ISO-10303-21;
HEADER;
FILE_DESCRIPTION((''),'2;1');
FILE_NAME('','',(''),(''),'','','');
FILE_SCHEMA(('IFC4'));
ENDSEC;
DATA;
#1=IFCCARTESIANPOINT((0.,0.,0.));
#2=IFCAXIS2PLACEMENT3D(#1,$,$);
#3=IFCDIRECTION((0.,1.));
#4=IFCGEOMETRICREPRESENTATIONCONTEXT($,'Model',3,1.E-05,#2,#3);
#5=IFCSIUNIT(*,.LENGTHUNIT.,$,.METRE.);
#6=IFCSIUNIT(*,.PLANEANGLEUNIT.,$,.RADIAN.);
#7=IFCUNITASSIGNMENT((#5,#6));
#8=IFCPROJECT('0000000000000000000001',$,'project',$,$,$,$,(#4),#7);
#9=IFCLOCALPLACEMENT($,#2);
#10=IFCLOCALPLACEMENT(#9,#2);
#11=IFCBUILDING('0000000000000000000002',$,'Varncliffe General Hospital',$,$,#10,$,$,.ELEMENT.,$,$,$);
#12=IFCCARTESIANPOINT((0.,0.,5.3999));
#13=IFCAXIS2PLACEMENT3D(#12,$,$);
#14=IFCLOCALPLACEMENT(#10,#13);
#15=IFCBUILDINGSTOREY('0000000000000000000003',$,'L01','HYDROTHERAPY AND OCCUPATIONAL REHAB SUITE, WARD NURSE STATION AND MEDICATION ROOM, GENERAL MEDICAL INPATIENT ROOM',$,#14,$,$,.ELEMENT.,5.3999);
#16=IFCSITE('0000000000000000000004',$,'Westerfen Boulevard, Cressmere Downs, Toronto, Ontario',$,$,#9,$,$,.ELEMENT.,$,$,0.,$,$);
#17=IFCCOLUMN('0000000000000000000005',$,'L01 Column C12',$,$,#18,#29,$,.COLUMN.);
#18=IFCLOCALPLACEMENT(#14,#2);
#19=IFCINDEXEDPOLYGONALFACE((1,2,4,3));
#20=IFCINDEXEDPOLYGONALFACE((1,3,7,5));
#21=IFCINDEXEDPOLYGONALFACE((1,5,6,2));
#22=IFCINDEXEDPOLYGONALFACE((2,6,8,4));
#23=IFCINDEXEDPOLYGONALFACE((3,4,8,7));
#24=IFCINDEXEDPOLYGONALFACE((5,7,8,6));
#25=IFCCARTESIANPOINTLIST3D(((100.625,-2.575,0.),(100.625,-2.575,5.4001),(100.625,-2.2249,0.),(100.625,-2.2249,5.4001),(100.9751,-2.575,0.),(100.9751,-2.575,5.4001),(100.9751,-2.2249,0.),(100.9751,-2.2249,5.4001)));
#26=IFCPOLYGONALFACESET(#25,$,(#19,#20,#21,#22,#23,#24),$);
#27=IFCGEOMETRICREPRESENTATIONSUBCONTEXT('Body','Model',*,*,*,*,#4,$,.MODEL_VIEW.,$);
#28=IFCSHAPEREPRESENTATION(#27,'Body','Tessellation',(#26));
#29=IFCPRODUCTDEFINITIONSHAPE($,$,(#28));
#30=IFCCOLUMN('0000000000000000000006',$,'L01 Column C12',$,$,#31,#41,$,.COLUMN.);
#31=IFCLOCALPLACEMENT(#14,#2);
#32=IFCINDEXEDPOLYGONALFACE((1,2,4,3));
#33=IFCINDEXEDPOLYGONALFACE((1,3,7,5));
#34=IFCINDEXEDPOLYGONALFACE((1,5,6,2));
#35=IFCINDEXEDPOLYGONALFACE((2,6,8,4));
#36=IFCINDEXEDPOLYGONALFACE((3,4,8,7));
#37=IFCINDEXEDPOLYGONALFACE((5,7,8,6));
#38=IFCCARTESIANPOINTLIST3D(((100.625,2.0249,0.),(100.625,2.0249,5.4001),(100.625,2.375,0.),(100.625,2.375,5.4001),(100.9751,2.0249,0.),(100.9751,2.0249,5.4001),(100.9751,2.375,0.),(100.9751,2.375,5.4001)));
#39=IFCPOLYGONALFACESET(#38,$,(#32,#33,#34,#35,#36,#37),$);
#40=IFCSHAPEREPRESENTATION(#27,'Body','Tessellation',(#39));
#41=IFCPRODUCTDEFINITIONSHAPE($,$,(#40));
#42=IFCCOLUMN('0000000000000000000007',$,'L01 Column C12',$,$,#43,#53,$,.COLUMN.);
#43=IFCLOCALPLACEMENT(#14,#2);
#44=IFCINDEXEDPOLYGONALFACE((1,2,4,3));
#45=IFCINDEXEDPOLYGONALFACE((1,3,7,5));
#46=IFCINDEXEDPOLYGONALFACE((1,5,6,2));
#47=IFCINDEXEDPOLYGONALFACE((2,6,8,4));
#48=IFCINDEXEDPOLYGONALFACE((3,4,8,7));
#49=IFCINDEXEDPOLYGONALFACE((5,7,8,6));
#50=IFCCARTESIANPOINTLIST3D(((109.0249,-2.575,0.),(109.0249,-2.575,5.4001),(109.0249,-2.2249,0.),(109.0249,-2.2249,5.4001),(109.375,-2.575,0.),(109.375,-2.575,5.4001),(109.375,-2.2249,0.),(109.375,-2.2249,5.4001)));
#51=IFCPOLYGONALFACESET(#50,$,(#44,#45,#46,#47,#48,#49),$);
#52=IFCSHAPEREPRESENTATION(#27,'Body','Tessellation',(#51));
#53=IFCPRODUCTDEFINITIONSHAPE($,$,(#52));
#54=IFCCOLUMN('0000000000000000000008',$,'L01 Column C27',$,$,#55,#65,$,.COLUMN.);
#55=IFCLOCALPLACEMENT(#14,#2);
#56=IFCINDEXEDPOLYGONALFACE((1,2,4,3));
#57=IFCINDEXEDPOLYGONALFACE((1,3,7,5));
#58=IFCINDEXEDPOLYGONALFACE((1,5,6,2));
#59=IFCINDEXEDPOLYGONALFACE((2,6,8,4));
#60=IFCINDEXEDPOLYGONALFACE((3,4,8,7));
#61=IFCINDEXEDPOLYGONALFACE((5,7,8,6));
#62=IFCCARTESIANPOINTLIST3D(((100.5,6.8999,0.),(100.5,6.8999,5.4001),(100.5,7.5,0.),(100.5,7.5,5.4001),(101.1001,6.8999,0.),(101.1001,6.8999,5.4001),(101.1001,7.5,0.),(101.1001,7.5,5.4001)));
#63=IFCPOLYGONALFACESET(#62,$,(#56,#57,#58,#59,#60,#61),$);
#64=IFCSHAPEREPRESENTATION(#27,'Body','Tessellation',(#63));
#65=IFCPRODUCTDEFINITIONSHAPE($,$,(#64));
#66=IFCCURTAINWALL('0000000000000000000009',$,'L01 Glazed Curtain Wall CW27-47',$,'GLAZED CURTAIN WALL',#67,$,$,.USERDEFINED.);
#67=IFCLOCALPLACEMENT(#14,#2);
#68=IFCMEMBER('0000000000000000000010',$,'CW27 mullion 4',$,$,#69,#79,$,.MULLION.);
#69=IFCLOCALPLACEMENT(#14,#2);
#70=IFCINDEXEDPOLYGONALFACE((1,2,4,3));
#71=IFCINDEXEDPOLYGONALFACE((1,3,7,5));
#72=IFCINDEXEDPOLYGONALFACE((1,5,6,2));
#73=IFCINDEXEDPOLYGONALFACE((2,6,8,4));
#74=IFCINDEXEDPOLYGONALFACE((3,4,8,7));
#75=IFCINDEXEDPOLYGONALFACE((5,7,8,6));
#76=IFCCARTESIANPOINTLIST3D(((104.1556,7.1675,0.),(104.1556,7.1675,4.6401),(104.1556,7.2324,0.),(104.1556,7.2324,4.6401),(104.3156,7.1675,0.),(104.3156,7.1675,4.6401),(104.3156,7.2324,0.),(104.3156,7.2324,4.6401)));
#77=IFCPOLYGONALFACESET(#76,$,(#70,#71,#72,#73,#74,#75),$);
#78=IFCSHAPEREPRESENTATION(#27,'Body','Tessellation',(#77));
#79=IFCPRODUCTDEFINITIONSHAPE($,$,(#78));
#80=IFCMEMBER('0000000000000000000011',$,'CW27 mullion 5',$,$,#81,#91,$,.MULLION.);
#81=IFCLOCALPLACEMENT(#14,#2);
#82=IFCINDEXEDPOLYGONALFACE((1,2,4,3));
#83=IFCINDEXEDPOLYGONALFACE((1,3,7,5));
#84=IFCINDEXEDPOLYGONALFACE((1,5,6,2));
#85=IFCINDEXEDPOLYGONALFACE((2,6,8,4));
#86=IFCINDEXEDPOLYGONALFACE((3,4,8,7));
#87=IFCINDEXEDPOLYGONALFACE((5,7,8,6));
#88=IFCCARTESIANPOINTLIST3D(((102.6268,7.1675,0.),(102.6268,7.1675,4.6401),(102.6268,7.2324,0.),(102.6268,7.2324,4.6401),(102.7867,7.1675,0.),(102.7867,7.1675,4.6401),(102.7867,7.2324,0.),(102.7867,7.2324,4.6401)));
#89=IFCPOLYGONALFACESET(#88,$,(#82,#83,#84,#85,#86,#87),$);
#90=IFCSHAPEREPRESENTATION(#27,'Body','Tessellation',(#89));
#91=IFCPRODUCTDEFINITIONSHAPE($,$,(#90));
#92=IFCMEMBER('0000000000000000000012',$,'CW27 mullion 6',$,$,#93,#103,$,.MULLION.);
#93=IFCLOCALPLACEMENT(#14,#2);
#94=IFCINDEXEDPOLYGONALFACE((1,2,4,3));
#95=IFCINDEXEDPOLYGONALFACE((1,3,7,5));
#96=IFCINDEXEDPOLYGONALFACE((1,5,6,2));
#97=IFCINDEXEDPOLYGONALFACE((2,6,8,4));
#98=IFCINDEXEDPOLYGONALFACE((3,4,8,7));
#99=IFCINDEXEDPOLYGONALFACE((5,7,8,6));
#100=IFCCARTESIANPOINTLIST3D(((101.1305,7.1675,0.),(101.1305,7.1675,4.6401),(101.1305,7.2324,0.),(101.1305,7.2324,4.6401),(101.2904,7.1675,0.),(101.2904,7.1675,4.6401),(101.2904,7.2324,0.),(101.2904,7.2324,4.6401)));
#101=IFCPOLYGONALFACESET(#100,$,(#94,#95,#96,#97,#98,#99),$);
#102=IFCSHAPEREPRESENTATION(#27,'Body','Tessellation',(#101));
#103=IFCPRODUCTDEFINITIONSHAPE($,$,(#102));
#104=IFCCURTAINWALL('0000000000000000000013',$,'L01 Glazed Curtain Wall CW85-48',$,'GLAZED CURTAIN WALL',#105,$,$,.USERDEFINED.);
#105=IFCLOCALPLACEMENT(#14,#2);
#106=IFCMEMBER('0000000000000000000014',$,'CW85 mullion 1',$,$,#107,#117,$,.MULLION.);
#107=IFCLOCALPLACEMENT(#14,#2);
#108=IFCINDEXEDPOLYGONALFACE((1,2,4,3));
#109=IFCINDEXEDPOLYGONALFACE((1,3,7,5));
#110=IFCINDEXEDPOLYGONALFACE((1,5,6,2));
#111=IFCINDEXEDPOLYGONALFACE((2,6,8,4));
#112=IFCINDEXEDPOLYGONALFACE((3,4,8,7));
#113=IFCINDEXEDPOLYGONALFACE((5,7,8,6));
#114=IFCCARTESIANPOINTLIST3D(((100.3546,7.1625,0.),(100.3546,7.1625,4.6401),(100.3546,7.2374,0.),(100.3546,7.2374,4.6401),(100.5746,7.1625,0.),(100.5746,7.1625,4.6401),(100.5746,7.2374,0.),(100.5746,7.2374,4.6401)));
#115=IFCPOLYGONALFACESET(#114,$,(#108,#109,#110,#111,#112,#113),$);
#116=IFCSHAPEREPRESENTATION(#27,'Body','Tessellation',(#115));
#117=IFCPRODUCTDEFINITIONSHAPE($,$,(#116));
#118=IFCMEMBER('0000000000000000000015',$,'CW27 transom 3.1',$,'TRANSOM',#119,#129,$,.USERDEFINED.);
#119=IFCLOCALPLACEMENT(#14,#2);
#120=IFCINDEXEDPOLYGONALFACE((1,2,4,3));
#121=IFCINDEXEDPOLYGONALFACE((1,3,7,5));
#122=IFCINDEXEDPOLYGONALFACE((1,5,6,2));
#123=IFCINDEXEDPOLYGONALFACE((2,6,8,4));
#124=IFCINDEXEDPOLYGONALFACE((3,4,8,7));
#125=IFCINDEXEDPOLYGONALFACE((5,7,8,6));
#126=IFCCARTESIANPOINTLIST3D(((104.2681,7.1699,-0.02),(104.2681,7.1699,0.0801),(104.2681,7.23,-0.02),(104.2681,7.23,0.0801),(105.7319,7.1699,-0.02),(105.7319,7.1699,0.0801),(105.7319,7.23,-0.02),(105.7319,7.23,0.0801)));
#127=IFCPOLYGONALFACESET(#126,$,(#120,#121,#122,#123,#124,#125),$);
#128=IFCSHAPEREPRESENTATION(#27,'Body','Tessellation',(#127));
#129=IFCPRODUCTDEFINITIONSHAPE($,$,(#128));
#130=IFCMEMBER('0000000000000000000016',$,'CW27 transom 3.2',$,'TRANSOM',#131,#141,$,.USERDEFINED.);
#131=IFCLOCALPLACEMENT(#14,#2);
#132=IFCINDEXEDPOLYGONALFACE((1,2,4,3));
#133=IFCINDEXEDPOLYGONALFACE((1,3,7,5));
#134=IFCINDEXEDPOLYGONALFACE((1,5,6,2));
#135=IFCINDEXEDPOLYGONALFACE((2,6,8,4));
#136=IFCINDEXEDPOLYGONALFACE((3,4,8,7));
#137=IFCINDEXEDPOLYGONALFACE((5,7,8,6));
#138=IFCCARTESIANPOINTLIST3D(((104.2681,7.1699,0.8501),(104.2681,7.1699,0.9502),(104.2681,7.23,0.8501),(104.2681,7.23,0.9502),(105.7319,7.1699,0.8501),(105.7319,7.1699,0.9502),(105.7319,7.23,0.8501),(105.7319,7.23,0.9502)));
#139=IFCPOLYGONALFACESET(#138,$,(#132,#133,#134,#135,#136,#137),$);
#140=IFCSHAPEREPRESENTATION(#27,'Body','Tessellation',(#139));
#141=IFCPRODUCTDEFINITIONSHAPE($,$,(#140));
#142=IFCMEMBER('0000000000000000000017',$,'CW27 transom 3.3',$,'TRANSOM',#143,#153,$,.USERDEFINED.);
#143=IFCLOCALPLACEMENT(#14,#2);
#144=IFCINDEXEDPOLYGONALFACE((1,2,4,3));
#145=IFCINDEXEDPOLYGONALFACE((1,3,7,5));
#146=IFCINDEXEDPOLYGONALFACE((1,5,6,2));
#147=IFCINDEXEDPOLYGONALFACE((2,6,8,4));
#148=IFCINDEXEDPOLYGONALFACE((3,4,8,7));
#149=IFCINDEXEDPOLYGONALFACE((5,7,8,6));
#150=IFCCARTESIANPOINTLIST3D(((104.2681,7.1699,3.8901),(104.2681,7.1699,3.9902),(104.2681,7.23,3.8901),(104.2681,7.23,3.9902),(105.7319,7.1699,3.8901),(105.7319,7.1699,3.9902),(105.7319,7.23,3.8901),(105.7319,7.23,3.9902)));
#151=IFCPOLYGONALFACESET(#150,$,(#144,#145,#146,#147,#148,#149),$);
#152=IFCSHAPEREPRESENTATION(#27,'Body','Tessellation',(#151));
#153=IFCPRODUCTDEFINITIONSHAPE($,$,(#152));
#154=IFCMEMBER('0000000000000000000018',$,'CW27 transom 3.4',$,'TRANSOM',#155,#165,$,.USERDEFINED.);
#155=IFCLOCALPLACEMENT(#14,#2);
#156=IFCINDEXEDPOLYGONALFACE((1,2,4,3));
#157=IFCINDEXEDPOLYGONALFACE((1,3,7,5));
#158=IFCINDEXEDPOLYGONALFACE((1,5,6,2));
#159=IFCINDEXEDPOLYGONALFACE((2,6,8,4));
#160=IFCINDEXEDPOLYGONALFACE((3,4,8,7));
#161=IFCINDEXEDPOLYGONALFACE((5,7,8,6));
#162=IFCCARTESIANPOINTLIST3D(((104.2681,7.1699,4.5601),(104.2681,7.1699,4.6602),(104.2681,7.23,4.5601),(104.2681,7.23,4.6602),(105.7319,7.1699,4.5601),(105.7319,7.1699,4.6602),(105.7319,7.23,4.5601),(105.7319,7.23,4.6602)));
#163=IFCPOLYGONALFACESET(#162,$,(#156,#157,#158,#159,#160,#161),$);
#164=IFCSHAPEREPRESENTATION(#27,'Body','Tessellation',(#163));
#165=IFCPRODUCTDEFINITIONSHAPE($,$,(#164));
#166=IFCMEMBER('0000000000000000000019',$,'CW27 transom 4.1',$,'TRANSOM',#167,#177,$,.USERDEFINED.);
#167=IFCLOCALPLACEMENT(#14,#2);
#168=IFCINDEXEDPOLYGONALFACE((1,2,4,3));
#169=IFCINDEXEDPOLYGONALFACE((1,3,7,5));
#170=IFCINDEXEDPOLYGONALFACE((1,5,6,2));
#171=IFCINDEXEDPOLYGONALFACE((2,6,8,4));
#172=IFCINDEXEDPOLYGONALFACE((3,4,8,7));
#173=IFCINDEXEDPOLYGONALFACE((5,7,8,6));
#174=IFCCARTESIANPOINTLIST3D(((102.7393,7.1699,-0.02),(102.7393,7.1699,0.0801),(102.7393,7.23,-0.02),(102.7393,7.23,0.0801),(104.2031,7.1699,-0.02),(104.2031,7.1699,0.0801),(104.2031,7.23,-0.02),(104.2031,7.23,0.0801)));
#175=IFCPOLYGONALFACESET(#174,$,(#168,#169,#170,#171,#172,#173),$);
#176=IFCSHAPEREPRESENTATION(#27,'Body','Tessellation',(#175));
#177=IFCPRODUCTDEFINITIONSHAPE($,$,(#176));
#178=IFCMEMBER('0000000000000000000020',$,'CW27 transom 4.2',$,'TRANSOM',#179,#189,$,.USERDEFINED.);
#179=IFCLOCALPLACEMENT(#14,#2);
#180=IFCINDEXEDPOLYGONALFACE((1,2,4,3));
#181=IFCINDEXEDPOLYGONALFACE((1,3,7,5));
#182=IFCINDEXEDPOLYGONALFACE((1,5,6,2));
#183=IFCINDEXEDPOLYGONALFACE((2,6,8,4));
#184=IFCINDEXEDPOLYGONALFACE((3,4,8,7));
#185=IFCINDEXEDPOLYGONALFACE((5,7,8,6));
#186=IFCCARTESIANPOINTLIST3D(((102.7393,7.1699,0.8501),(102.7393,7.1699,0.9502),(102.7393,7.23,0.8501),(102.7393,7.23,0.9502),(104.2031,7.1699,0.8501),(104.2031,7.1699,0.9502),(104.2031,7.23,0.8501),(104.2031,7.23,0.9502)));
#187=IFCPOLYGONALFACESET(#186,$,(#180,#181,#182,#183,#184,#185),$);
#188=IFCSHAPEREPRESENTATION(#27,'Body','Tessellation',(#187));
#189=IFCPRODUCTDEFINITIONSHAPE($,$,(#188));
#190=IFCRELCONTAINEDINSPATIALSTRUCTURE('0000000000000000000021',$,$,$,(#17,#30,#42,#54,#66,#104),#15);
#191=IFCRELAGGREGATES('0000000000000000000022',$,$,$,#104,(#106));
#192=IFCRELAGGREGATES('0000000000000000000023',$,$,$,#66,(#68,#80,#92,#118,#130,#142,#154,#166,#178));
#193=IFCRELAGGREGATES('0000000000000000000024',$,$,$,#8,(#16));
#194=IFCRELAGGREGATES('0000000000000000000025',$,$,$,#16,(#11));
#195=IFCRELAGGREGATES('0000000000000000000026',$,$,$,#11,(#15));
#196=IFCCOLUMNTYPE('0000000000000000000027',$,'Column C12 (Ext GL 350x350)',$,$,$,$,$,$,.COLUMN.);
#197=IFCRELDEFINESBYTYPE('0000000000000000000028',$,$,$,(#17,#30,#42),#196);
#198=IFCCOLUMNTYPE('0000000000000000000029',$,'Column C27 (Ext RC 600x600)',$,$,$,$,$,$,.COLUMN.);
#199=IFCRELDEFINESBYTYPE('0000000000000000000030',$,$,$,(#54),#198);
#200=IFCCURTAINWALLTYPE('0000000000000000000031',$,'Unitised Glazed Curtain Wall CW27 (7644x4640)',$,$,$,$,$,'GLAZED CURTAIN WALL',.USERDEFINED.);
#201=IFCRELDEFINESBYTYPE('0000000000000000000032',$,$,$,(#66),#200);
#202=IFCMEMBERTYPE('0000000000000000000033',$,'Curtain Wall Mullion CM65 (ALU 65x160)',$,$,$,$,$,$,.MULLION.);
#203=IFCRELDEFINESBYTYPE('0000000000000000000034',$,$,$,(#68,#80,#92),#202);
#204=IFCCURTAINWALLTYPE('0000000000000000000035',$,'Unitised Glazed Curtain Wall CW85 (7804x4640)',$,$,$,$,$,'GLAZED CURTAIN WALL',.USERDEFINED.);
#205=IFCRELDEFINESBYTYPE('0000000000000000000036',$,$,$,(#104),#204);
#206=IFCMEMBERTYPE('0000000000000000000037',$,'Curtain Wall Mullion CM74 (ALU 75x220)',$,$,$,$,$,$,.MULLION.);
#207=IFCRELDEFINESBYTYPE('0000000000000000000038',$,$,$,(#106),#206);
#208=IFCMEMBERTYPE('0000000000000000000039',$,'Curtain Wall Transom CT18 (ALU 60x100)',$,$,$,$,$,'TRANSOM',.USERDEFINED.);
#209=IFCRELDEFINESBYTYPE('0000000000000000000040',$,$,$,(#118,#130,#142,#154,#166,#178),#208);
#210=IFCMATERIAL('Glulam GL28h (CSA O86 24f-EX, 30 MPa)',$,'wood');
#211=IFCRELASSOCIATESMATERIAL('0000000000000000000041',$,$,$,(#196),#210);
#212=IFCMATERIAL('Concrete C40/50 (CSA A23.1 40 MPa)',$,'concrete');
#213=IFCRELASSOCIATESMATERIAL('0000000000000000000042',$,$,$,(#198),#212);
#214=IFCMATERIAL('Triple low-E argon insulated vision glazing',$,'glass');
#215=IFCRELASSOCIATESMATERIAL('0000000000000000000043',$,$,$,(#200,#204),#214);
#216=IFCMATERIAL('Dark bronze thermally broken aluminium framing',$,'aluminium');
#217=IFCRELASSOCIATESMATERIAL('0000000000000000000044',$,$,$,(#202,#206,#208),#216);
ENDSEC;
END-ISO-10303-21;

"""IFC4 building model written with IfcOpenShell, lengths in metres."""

from ifc_helpers import new_model, si_unit, direction, frame, origin, origin_2d, place, context, subcontext, project, spatial, rectangle, extrude, material, material_profile, profile_set, type_object, element, aggregate, save


model = new_model("IFC4")

# Units and contexts
model_context = context("Model", 3, precision=1e-05, world=origin(), true_north=direction((0.0, 1.0)))
body_context = subcontext(model_context, "Body", "Model", "MODEL_VIEW")
ifc_project = project(units=[si_unit("LENGTHUNIT", "METRE"), si_unit("PLANEANGLEUNIT", "RADIAN")], contexts=[model_context])

# Site, building, storey
site_placement = place(None, origin())
site = spatial("IfcSite", under=ifc_project, at=site_placement, Name="Westerfen Boulevard, Cressmere Downs, Toronto, Ontario", CompositionType="ELEMENT", RefElevation=0.0)
building_placement = place(site_placement, origin())
building = spatial("IfcBuilding", under=site, at=building_placement, Name="Varncliffe General Hospital", CompositionType="ELEMENT")
storey_placement = place(building_placement, frame((0.0, 0.0, 5.3999)))
storey = spatial("IfcBuildingStorey", under=building, at=storey_placement, Name="L01", Description="HYDROTHERAPY AND OCCUPATIONAL REHAB SUITE, WARD NURSE STATION AND MEDICATION ROOM, GENERAL MEDICAL INPATIENT ROOM", CompositionType="ELEMENT", Elevation=5.3999)

# Columns
ifc_material_1 = material(Name="Glulam GL28h (CSA O86 24f-EX, 30 MPa)", Category="wood")
ifc_material_profile_1 = material_profile(ifc_material_1, rectangle(XDim=0.3501, YDim=0.3501, at=origin_2d()), Name="GL 350x350")
ifc_profile_set_1 = profile_set([ifc_material_profile_1], Name="Glulam GL28h (CSA O86 24f-EX, 30 MPa)")
column_type_1 = type_object("IfcColumnType", Name="Column C12 (Ext GL 350x350)", PredefinedType="COLUMN", material=ifc_profile_set_1)
for number, where, z_axis, x_axis, name in (
    (1, (100.8, -2.3999, 0.0), (0.0, 0.0, 1.0), (1.0, 0.0, 0.0), "L01 Column C12"),
    (2, (100.8, 2.2, 0.0), (0.0, 0.0, 1.0), (1.0, 0.0, 0.0), "L01 Column C12"),
    (3, (109.2, -2.3999, 0.0), (0.0, 0.0, 1.0), (1.0, 0.0, 0.0), "L01 Column C12"),
):
    element("IfcColumn", number, at=place(storey_placement, frame(where, z_axis=z_axis, x_axis=x_axis)), inside=storey, type_object=column_type_1, Name=name, PredefinedType="COLUMN", context=body_context, shape_type="SweptSolid", body=[
        extrude(rectangle(XDim=0.3501, YDim=0.3501, at=origin_2d()), origin(), (0.0, 0.0, 1.0), 5.4001),
    ])
ifc_material_2 = material(Name="Concrete C40/50 (CSA A23.1 40 MPa)", Category="concrete")
ifc_material_profile_2 = material_profile(ifc_material_2, rectangle(XDim=0.6001, YDim=0.6001, at=origin_2d()), Name="RC 600x600")
ifc_profile_set_2 = profile_set([ifc_material_profile_2], Name="Concrete C40/50 (CSA A23.1 40 MPa)")
column_type_2 = type_object("IfcColumnType", Name="Column C27 (Ext RC 600x600)", PredefinedType="COLUMN", material=ifc_profile_set_2)
column_placement = place(storey_placement, frame((100.8, 7.2, 0.0), z_axis=(0.0, 0.0, 1.0), x_axis=(1.0, 0.0, 0.0)))
element("IfcColumn", 4, at=column_placement, inside=storey, type_object=column_type_2, Name="L01 Column C27", PredefinedType="COLUMN", context=body_context, shape_type="SweptSolid", body=[
    extrude(rectangle(XDim=0.6001, YDim=0.6001, at=origin_2d()), origin(), (0.0, 0.0, 1.0), 5.4001),
])

# Curtain wall, members
ifc_material_3 = material(Name="Triple low-E argon insulated vision glazing", Category="glass")
curtain_wall_type_1 = type_object("IfcCurtainWallType", Name="Unitised Glazed Curtain Wall CW27 (7644x4640)", ElementType="GLAZED CURTAIN WALL", PredefinedType="USERDEFINED", material=ifc_material_3)
curtain_wall_1_placement = place(storey_placement, origin())
curtain_wall_1 = element("IfcCurtainWall", 5, at=curtain_wall_1_placement, inside=storey, type_object=curtain_wall_type_1, Name="L01 Glazed Curtain Wall CW27-47", ObjectType="GLAZED CURTAIN WALL", PredefinedType="USERDEFINED")
ifc_material_4 = material(Name="Dark bronze thermally broken aluminium framing", Category="aluminium")
ifc_material_profile_3 = material_profile(ifc_material_4, rectangle(XDim=0.0649, YDim=0.1599, at=origin_2d()), Name="ALU 65x160")
ifc_profile_set_3 = profile_set([ifc_material_profile_3], Name="Dark bronze thermally broken aluminium framing")
member_type_1 = type_object("IfcMemberType", Name="Curtain Wall Mullion CM65 (ALU 65x160)", PredefinedType="MULLION", material=ifc_profile_set_3)
member_1_placement = place(storey_placement, frame((104.2356, 7.2, 0.0), z_axis=(0.0, 0.0, 1.0), x_axis=(0.0, -1.0, 0.0)))
member_1 = element("IfcMember", 6, at=member_1_placement, type_object=member_type_1, Name="CW27 mullion 4", PredefinedType="MULLION", context=body_context, shape_type="SweptSolid", body=[
    extrude(rectangle(XDim=0.0649, YDim=0.1599, at=origin_2d()), origin(), (0.0, 0.0, 1.0), 4.6401),
])
member_2_placement = place(storey_placement, frame((102.7068, 7.2, 0.0), z_axis=(0.0, 0.0, 1.0), x_axis=(0.0, -1.0, 0.0)))
member_2 = element("IfcMember", 7, at=member_2_placement, type_object=member_type_1, Name="CW27 mullion 5", PredefinedType="MULLION", context=body_context, shape_type="SweptSolid", body=[
    extrude(rectangle(XDim=0.0649, YDim=0.1599, at=origin_2d()), origin(), (0.0, 0.0, 1.0), 4.6401),
])
member_3_placement = place(storey_placement, frame((101.2104, 7.2, 0.0), z_axis=(0.0, 0.0, 1.0), x_axis=(0.0, -1.0, 0.0)))
member_3 = element("IfcMember", 8, at=member_3_placement, type_object=member_type_1, Name="CW27 mullion 6", PredefinedType="MULLION", context=body_context, shape_type="SweptSolid", body=[
    extrude(rectangle(XDim=0.0649, YDim=0.1599, at=origin_2d()), origin(), (0.0, 0.0, 1.0), 4.6401),
])

# Curtain wall, member
curtain_wall_type_2 = type_object("IfcCurtainWallType", Name="Unitised Glazed Curtain Wall CW85 (7804x4640)", ElementType="GLAZED CURTAIN WALL", PredefinedType="USERDEFINED", material=ifc_material_3)
curtain_wall_2_placement = place(storey_placement, origin())
curtain_wall_2 = element("IfcCurtainWall", 9, at=curtain_wall_2_placement, inside=storey, type_object=curtain_wall_type_2, Name="L01 Glazed Curtain Wall CW85-48", ObjectType="GLAZED CURTAIN WALL", PredefinedType="USERDEFINED")
ifc_material_profile_4 = material_profile(ifc_material_4, rectangle(XDim=0.075, YDim=0.22, at=origin_2d()), Name="ALU 75x220")
ifc_profile_set_4 = profile_set([ifc_material_profile_4], Name="Dark bronze thermally broken aluminium framing")
member_type_2 = type_object("IfcMemberType", Name="Curtain Wall Mullion CM74 (ALU 75x220)", PredefinedType="MULLION", material=ifc_profile_set_4)
member_4_placement = place(storey_placement, frame((100.4646, 7.2, 0.0), z_axis=(0.0, 0.0, 1.0), x_axis=(0.0, -1.0, 0.0)))
member_4 = element("IfcMember", 10, at=member_4_placement, type_object=member_type_2, Name="CW85 mullion 1", PredefinedType="MULLION", context=body_context, shape_type="SweptSolid", body=[
    extrude(rectangle(XDim=0.075, YDim=0.22, at=origin_2d()), origin(), (0.0, 0.0, 1.0), 4.6401),
])

# Members
ifc_material_profile_5 = material_profile(ifc_material_4, rectangle(XDim=0.0601, YDim=0.1001, at=origin_2d()), Name="ALU 60x100")
ifc_profile_set_5 = profile_set([ifc_material_profile_5], Name="Dark bronze thermally broken aluminium framing")
member_type_3 = type_object("IfcMemberType", Name="Curtain Wall Transom CT18 (ALU 60x100)", ElementType="TRANSOM", PredefinedType="USERDEFINED", material=ifc_profile_set_5)
member_5_placement = place(storey_placement, frame((105.7319, 7.2, 0.03), z_axis=(-1.0, 0.0, 0.0), x_axis=(0.0, -1.0, 0.0)))
member_5 = element("IfcMember", 11, at=member_5_placement, type_object=member_type_3, Name="CW27 transom 3.1", ObjectType="TRANSOM", PredefinedType="USERDEFINED", context=body_context, shape_type="SweptSolid", body=[
    extrude(rectangle(XDim=0.0601, YDim=0.1001, at=origin_2d()), origin(), (0.0, 0.0, 1.0), 1.4639),
])
member_6_placement = place(storey_placement, frame((105.7319, 7.2, 0.9001), z_axis=(-1.0, 0.0, 0.0), x_axis=(0.0, -1.0, 0.0)))
member_6 = element("IfcMember", 12, at=member_6_placement, type_object=member_type_3, Name="CW27 transom 3.2", ObjectType="TRANSOM", PredefinedType="USERDEFINED", context=body_context, shape_type="SweptSolid", body=[
    extrude(rectangle(XDim=0.0601, YDim=0.1001, at=origin_2d()), origin(), (0.0, 0.0, 1.0), 1.4639),
])
member_7_placement = place(storey_placement, frame((105.7319, 7.2, 3.9402), z_axis=(-1.0, 0.0, 0.0), x_axis=(0.0, -1.0, 0.0)))
member_7 = element("IfcMember", 13, at=member_7_placement, type_object=member_type_3, Name="CW27 transom 3.3", ObjectType="TRANSOM", PredefinedType="USERDEFINED", context=body_context, shape_type="SweptSolid", body=[
    extrude(rectangle(XDim=0.0601, YDim=0.1001, at=origin_2d()), origin(), (0.0, 0.0, 1.0), 1.4639),
])
member_8_placement = place(storey_placement, frame((105.7319, 7.2, 4.6101), z_axis=(-1.0, 0.0, 0.0), x_axis=(0.0, -1.0, 0.0)))
member_8 = element("IfcMember", 14, at=member_8_placement, type_object=member_type_3, Name="CW27 transom 3.4", ObjectType="TRANSOM", PredefinedType="USERDEFINED", context=body_context, shape_type="SweptSolid", body=[
    extrude(rectangle(XDim=0.0601, YDim=0.1001, at=origin_2d()), origin(), (0.0, 0.0, 1.0), 1.4639),
])
member_9_placement = place(storey_placement, frame((104.2031, 7.2, 0.03), z_axis=(-1.0, 0.0, 0.0), x_axis=(0.0, -1.0, 0.0)))
member_9 = element("IfcMember", 15, at=member_9_placement, type_object=member_type_3, Name="CW27 transom 4.1", ObjectType="TRANSOM", PredefinedType="USERDEFINED", context=body_context, shape_type="SweptSolid", body=[
    extrude(rectangle(XDim=0.0601, YDim=0.1001, at=origin_2d()), origin(), (0.0, 0.0, 1.0), 1.4639),
])
member_10_placement = place(storey_placement, frame((104.2031, 7.2, 0.9001), z_axis=(-1.0, 0.0, 0.0), x_axis=(0.0, -1.0, 0.0)))
member_10 = element("IfcMember", 16, at=member_10_placement, type_object=member_type_3, Name="CW27 transom 4.2", ObjectType="TRANSOM", PredefinedType="USERDEFINED", context=body_context, shape_type="SweptSolid", body=[
    extrude(rectangle(XDim=0.0601, YDim=0.1001, at=origin_2d()), origin(), (0.0, 0.0, 1.0), 1.4639),
])

aggregate(curtain_wall_2, [member_4])
aggregate(curtain_wall_1, [member_1, member_2, member_3, member_5, member_6, member_7, member_8, member_9, member_10])

save(model, "model.ifc")
